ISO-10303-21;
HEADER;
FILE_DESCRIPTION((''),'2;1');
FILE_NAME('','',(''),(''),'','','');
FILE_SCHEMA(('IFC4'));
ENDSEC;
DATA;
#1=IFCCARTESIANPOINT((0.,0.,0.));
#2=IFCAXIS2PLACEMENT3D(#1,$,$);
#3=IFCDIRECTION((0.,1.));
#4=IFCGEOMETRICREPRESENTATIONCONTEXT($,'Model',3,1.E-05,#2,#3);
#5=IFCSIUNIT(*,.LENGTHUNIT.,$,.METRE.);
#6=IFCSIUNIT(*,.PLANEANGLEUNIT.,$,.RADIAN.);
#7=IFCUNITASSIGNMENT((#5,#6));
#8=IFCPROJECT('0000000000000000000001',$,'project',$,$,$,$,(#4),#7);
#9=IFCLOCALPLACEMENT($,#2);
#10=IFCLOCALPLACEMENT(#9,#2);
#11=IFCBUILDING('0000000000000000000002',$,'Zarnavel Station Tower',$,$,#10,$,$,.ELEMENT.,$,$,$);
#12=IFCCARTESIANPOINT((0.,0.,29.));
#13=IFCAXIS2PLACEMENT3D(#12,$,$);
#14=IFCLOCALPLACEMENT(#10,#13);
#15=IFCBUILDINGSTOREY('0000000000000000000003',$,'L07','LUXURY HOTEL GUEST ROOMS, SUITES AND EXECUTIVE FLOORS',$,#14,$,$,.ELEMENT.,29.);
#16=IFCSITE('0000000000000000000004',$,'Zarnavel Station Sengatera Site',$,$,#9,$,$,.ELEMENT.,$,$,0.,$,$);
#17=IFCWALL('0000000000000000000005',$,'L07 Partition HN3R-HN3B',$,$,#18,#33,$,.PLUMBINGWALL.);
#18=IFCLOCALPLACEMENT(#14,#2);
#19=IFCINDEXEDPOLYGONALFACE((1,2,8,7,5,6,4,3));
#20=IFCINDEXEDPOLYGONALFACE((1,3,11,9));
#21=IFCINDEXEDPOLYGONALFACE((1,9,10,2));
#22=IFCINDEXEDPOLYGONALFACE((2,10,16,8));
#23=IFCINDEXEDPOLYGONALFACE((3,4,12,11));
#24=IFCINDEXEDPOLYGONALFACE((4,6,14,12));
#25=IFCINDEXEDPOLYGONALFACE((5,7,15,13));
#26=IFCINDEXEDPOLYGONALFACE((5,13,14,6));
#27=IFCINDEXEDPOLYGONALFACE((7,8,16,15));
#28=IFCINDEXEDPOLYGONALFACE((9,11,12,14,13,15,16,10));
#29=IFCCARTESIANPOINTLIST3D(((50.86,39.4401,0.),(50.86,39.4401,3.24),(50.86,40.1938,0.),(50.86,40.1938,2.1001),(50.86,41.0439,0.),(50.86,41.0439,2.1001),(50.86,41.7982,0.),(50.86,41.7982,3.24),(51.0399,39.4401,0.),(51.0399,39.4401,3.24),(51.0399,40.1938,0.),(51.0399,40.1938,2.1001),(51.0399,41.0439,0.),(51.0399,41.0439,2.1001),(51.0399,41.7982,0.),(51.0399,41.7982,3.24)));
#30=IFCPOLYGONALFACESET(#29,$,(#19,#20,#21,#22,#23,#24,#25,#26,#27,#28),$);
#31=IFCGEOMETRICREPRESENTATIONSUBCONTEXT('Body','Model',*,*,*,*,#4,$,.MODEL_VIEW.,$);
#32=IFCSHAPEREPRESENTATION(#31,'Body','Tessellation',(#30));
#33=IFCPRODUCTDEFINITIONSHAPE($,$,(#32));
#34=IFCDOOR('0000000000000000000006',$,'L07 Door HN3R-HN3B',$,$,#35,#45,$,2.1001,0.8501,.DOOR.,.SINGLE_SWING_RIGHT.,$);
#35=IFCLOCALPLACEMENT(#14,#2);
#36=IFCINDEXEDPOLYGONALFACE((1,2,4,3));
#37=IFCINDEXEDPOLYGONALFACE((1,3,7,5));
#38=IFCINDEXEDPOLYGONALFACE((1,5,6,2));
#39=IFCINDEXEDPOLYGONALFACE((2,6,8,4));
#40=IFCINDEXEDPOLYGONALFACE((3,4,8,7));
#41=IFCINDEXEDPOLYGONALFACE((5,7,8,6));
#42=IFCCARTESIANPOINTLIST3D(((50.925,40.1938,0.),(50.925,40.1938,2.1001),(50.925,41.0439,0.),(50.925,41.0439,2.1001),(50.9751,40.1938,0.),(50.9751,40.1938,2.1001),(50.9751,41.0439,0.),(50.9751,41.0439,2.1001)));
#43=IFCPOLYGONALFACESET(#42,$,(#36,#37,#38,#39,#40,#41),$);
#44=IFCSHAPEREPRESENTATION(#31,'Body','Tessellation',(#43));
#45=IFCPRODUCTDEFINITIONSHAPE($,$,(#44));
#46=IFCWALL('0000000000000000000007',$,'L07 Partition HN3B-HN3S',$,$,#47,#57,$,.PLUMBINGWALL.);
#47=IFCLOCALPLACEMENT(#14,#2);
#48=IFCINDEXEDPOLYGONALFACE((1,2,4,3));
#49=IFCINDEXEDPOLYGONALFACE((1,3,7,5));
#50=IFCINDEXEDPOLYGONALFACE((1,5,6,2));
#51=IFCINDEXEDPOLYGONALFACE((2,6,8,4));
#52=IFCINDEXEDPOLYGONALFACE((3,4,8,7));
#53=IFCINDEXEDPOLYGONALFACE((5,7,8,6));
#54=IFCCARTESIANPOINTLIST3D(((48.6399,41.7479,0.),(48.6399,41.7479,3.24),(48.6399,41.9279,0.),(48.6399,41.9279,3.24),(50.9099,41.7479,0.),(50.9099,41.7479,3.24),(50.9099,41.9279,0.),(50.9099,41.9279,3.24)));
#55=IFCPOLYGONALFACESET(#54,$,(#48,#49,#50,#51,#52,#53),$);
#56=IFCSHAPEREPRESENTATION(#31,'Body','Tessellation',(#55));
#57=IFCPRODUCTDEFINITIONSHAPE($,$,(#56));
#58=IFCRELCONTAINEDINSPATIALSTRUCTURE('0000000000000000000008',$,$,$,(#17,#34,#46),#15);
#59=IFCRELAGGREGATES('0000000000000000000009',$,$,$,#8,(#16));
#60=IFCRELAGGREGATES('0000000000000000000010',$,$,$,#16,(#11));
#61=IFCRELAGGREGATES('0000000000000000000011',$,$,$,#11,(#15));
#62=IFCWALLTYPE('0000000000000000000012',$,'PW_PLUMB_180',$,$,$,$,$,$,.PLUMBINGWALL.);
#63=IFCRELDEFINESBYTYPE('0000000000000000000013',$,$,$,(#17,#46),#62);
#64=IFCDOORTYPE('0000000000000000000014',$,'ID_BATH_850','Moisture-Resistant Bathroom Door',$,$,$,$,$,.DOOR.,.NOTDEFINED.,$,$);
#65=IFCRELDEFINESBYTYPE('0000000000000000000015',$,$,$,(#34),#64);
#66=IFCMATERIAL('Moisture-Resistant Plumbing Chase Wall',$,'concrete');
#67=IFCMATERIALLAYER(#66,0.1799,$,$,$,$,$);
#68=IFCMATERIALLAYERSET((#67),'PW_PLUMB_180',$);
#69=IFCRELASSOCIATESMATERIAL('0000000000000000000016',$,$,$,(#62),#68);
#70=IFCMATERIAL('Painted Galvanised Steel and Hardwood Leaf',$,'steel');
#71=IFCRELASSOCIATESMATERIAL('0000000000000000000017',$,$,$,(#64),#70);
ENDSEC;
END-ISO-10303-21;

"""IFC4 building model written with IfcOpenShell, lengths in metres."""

from ifc_helpers import new_model, si_unit, direction, frame, frame_2d, origin, place, context, subcontext, project, spatial, rectangle, extrude, material, layer, layer_set, type_object, element, fill, save


model = new_model("IFC4")

# Units and contexts
model_context = context("Model", 3, precision=1e-05, world=origin(), true_north=direction((0.0, 1.0)))
body_context = subcontext(model_context, "Body", "Model", "MODEL_VIEW")
ifc_project = project(units=[si_unit("LENGTHUNIT", "METRE"), si_unit("PLANEANGLEUNIT", "RADIAN")], contexts=[model_context])

# Site, building, storey
site_placement = place(None, origin())
site = spatial("IfcSite", under=ifc_project, at=site_placement, Name="Zarnavel Station Sengatera Site", CompositionType="ELEMENT", RefElevation=0.0)
building_placement = place(site_placement, origin())
building = spatial("IfcBuilding", under=site, at=building_placement, Name="Zarnavel Station Tower", CompositionType="ELEMENT")
storey_placement = place(building_placement, frame((0.0, 0.0, 29.0)))
storey = spatial("IfcBuildingStorey", under=building, at=storey_placement, Name="L07", Description="LUXURY HOTEL GUEST ROOMS, SUITES AND EXECUTIVE FLOORS", CompositionType="ELEMENT", Elevation=29.0)

# Shared definitions
ifc_material_1 = material(Name="Moisture-Resistant Plumbing Chase Wall", Category="concrete")
ifc_layer_1 = layer(ifc_material_1, 0.1799)
ifc_layer_set_1 = layer_set([ifc_layer_1], Name="PW_PLUMB_180")
wall_type_1 = type_object("IfcWallType", Name="PW_PLUMB_180", PredefinedType="PLUMBINGWALL", material=ifc_layer_set_1)

# Shared definitions
ifc_material_2 = material(Name="Painted Galvanised Steel and Hardwood Leaf", Category="steel")
door_type_1 = type_object("IfcDoorType", Name="ID_BATH_850", Description="Moisture-Resistant Bathroom Door", OperationType="NOTDEFINED", PredefinedType="DOOR", material=ifc_material_2)

# Wall, opening, door
wall_1_placement = place(storey_placement, frame((50.95, 39.4399, 0.0), z_axis=(0.0, 0.0, 1.0), x_axis=(0.0, 1.0, 0.0)))
wall_1 = element("IfcWall", 1, at=wall_1_placement, inside=storey, type_object=wall_type_1, Name="L07 Partition HN3R-HN3B", PredefinedType="PLUMBINGWALL", context=body_context, shape_type="SweptSolid", body=[
    extrude(rectangle(XDim=2.3582, YDim=0.1799, at=frame_2d((1.1792, 0.0))), origin(), (0.0, 0.0, 1.0), 3.24),
])
opening_1_placement = place(wall_1_placement, frame((0.7539, 0.0, 0.0)))
opening_1 = element("IfcOpeningElement", 2, at=opening_1_placement, cuts=wall_1, PredefinedType="OPENING", context=body_context, shape_type="SweptSolid", body=[
    extrude(rectangle(XDim=0.8501, YDim=2.1001, at=frame_2d((0.425, 1.05))), frame((0.0, 0.0999, 0.0), z_axis=(0.0, -1.0, 0.0), x_axis=(1.0, 0.0, 0.0)), (0.0, 0.0, 1.0), 0.2),
])
door_1_placement = place(opening_1_placement, origin())
door_1 = element("IfcDoor", 3, at=door_1_placement, inside=storey, type_object=door_type_1, Name="L07 Door HN3R-HN3B", OperationType="SINGLE_SWING_RIGHT", OverallHeight=2.1001, OverallWidth=0.8501, PredefinedType="DOOR", context=body_context, shape_type="SweptSolid", body=[
    extrude(rectangle(XDim=0.8501, YDim=2.1001, at=frame_2d((0.425, 1.05))), frame((0.0, 0.0249, 0.0), z_axis=(0.0, -1.0, 0.0), x_axis=(1.0, 0.0, 0.0)), (0.0, 0.0, 1.0), 0.05),
])
fill(opening_1, door_1)

# Wall
wall_2_placement = place(storey_placement, frame((48.6399, 41.8379, 0.0), z_axis=(0.0, 0.0, 1.0), x_axis=(1.0, 0.0, 0.0)))
element("IfcWall", 4, at=wall_2_placement, inside=storey, type_object=wall_type_1, Name="L07 Partition HN3B-HN3S", PredefinedType="PLUMBINGWALL", context=body_context, shape_type="SweptSolid", body=[
    extrude(rectangle(XDim=2.27, YDim=0.1799, at=frame_2d((1.135, 0.0))), origin(), (0.0, 0.0, 1.0), 3.24),
])

save(model, "model.ifc")
